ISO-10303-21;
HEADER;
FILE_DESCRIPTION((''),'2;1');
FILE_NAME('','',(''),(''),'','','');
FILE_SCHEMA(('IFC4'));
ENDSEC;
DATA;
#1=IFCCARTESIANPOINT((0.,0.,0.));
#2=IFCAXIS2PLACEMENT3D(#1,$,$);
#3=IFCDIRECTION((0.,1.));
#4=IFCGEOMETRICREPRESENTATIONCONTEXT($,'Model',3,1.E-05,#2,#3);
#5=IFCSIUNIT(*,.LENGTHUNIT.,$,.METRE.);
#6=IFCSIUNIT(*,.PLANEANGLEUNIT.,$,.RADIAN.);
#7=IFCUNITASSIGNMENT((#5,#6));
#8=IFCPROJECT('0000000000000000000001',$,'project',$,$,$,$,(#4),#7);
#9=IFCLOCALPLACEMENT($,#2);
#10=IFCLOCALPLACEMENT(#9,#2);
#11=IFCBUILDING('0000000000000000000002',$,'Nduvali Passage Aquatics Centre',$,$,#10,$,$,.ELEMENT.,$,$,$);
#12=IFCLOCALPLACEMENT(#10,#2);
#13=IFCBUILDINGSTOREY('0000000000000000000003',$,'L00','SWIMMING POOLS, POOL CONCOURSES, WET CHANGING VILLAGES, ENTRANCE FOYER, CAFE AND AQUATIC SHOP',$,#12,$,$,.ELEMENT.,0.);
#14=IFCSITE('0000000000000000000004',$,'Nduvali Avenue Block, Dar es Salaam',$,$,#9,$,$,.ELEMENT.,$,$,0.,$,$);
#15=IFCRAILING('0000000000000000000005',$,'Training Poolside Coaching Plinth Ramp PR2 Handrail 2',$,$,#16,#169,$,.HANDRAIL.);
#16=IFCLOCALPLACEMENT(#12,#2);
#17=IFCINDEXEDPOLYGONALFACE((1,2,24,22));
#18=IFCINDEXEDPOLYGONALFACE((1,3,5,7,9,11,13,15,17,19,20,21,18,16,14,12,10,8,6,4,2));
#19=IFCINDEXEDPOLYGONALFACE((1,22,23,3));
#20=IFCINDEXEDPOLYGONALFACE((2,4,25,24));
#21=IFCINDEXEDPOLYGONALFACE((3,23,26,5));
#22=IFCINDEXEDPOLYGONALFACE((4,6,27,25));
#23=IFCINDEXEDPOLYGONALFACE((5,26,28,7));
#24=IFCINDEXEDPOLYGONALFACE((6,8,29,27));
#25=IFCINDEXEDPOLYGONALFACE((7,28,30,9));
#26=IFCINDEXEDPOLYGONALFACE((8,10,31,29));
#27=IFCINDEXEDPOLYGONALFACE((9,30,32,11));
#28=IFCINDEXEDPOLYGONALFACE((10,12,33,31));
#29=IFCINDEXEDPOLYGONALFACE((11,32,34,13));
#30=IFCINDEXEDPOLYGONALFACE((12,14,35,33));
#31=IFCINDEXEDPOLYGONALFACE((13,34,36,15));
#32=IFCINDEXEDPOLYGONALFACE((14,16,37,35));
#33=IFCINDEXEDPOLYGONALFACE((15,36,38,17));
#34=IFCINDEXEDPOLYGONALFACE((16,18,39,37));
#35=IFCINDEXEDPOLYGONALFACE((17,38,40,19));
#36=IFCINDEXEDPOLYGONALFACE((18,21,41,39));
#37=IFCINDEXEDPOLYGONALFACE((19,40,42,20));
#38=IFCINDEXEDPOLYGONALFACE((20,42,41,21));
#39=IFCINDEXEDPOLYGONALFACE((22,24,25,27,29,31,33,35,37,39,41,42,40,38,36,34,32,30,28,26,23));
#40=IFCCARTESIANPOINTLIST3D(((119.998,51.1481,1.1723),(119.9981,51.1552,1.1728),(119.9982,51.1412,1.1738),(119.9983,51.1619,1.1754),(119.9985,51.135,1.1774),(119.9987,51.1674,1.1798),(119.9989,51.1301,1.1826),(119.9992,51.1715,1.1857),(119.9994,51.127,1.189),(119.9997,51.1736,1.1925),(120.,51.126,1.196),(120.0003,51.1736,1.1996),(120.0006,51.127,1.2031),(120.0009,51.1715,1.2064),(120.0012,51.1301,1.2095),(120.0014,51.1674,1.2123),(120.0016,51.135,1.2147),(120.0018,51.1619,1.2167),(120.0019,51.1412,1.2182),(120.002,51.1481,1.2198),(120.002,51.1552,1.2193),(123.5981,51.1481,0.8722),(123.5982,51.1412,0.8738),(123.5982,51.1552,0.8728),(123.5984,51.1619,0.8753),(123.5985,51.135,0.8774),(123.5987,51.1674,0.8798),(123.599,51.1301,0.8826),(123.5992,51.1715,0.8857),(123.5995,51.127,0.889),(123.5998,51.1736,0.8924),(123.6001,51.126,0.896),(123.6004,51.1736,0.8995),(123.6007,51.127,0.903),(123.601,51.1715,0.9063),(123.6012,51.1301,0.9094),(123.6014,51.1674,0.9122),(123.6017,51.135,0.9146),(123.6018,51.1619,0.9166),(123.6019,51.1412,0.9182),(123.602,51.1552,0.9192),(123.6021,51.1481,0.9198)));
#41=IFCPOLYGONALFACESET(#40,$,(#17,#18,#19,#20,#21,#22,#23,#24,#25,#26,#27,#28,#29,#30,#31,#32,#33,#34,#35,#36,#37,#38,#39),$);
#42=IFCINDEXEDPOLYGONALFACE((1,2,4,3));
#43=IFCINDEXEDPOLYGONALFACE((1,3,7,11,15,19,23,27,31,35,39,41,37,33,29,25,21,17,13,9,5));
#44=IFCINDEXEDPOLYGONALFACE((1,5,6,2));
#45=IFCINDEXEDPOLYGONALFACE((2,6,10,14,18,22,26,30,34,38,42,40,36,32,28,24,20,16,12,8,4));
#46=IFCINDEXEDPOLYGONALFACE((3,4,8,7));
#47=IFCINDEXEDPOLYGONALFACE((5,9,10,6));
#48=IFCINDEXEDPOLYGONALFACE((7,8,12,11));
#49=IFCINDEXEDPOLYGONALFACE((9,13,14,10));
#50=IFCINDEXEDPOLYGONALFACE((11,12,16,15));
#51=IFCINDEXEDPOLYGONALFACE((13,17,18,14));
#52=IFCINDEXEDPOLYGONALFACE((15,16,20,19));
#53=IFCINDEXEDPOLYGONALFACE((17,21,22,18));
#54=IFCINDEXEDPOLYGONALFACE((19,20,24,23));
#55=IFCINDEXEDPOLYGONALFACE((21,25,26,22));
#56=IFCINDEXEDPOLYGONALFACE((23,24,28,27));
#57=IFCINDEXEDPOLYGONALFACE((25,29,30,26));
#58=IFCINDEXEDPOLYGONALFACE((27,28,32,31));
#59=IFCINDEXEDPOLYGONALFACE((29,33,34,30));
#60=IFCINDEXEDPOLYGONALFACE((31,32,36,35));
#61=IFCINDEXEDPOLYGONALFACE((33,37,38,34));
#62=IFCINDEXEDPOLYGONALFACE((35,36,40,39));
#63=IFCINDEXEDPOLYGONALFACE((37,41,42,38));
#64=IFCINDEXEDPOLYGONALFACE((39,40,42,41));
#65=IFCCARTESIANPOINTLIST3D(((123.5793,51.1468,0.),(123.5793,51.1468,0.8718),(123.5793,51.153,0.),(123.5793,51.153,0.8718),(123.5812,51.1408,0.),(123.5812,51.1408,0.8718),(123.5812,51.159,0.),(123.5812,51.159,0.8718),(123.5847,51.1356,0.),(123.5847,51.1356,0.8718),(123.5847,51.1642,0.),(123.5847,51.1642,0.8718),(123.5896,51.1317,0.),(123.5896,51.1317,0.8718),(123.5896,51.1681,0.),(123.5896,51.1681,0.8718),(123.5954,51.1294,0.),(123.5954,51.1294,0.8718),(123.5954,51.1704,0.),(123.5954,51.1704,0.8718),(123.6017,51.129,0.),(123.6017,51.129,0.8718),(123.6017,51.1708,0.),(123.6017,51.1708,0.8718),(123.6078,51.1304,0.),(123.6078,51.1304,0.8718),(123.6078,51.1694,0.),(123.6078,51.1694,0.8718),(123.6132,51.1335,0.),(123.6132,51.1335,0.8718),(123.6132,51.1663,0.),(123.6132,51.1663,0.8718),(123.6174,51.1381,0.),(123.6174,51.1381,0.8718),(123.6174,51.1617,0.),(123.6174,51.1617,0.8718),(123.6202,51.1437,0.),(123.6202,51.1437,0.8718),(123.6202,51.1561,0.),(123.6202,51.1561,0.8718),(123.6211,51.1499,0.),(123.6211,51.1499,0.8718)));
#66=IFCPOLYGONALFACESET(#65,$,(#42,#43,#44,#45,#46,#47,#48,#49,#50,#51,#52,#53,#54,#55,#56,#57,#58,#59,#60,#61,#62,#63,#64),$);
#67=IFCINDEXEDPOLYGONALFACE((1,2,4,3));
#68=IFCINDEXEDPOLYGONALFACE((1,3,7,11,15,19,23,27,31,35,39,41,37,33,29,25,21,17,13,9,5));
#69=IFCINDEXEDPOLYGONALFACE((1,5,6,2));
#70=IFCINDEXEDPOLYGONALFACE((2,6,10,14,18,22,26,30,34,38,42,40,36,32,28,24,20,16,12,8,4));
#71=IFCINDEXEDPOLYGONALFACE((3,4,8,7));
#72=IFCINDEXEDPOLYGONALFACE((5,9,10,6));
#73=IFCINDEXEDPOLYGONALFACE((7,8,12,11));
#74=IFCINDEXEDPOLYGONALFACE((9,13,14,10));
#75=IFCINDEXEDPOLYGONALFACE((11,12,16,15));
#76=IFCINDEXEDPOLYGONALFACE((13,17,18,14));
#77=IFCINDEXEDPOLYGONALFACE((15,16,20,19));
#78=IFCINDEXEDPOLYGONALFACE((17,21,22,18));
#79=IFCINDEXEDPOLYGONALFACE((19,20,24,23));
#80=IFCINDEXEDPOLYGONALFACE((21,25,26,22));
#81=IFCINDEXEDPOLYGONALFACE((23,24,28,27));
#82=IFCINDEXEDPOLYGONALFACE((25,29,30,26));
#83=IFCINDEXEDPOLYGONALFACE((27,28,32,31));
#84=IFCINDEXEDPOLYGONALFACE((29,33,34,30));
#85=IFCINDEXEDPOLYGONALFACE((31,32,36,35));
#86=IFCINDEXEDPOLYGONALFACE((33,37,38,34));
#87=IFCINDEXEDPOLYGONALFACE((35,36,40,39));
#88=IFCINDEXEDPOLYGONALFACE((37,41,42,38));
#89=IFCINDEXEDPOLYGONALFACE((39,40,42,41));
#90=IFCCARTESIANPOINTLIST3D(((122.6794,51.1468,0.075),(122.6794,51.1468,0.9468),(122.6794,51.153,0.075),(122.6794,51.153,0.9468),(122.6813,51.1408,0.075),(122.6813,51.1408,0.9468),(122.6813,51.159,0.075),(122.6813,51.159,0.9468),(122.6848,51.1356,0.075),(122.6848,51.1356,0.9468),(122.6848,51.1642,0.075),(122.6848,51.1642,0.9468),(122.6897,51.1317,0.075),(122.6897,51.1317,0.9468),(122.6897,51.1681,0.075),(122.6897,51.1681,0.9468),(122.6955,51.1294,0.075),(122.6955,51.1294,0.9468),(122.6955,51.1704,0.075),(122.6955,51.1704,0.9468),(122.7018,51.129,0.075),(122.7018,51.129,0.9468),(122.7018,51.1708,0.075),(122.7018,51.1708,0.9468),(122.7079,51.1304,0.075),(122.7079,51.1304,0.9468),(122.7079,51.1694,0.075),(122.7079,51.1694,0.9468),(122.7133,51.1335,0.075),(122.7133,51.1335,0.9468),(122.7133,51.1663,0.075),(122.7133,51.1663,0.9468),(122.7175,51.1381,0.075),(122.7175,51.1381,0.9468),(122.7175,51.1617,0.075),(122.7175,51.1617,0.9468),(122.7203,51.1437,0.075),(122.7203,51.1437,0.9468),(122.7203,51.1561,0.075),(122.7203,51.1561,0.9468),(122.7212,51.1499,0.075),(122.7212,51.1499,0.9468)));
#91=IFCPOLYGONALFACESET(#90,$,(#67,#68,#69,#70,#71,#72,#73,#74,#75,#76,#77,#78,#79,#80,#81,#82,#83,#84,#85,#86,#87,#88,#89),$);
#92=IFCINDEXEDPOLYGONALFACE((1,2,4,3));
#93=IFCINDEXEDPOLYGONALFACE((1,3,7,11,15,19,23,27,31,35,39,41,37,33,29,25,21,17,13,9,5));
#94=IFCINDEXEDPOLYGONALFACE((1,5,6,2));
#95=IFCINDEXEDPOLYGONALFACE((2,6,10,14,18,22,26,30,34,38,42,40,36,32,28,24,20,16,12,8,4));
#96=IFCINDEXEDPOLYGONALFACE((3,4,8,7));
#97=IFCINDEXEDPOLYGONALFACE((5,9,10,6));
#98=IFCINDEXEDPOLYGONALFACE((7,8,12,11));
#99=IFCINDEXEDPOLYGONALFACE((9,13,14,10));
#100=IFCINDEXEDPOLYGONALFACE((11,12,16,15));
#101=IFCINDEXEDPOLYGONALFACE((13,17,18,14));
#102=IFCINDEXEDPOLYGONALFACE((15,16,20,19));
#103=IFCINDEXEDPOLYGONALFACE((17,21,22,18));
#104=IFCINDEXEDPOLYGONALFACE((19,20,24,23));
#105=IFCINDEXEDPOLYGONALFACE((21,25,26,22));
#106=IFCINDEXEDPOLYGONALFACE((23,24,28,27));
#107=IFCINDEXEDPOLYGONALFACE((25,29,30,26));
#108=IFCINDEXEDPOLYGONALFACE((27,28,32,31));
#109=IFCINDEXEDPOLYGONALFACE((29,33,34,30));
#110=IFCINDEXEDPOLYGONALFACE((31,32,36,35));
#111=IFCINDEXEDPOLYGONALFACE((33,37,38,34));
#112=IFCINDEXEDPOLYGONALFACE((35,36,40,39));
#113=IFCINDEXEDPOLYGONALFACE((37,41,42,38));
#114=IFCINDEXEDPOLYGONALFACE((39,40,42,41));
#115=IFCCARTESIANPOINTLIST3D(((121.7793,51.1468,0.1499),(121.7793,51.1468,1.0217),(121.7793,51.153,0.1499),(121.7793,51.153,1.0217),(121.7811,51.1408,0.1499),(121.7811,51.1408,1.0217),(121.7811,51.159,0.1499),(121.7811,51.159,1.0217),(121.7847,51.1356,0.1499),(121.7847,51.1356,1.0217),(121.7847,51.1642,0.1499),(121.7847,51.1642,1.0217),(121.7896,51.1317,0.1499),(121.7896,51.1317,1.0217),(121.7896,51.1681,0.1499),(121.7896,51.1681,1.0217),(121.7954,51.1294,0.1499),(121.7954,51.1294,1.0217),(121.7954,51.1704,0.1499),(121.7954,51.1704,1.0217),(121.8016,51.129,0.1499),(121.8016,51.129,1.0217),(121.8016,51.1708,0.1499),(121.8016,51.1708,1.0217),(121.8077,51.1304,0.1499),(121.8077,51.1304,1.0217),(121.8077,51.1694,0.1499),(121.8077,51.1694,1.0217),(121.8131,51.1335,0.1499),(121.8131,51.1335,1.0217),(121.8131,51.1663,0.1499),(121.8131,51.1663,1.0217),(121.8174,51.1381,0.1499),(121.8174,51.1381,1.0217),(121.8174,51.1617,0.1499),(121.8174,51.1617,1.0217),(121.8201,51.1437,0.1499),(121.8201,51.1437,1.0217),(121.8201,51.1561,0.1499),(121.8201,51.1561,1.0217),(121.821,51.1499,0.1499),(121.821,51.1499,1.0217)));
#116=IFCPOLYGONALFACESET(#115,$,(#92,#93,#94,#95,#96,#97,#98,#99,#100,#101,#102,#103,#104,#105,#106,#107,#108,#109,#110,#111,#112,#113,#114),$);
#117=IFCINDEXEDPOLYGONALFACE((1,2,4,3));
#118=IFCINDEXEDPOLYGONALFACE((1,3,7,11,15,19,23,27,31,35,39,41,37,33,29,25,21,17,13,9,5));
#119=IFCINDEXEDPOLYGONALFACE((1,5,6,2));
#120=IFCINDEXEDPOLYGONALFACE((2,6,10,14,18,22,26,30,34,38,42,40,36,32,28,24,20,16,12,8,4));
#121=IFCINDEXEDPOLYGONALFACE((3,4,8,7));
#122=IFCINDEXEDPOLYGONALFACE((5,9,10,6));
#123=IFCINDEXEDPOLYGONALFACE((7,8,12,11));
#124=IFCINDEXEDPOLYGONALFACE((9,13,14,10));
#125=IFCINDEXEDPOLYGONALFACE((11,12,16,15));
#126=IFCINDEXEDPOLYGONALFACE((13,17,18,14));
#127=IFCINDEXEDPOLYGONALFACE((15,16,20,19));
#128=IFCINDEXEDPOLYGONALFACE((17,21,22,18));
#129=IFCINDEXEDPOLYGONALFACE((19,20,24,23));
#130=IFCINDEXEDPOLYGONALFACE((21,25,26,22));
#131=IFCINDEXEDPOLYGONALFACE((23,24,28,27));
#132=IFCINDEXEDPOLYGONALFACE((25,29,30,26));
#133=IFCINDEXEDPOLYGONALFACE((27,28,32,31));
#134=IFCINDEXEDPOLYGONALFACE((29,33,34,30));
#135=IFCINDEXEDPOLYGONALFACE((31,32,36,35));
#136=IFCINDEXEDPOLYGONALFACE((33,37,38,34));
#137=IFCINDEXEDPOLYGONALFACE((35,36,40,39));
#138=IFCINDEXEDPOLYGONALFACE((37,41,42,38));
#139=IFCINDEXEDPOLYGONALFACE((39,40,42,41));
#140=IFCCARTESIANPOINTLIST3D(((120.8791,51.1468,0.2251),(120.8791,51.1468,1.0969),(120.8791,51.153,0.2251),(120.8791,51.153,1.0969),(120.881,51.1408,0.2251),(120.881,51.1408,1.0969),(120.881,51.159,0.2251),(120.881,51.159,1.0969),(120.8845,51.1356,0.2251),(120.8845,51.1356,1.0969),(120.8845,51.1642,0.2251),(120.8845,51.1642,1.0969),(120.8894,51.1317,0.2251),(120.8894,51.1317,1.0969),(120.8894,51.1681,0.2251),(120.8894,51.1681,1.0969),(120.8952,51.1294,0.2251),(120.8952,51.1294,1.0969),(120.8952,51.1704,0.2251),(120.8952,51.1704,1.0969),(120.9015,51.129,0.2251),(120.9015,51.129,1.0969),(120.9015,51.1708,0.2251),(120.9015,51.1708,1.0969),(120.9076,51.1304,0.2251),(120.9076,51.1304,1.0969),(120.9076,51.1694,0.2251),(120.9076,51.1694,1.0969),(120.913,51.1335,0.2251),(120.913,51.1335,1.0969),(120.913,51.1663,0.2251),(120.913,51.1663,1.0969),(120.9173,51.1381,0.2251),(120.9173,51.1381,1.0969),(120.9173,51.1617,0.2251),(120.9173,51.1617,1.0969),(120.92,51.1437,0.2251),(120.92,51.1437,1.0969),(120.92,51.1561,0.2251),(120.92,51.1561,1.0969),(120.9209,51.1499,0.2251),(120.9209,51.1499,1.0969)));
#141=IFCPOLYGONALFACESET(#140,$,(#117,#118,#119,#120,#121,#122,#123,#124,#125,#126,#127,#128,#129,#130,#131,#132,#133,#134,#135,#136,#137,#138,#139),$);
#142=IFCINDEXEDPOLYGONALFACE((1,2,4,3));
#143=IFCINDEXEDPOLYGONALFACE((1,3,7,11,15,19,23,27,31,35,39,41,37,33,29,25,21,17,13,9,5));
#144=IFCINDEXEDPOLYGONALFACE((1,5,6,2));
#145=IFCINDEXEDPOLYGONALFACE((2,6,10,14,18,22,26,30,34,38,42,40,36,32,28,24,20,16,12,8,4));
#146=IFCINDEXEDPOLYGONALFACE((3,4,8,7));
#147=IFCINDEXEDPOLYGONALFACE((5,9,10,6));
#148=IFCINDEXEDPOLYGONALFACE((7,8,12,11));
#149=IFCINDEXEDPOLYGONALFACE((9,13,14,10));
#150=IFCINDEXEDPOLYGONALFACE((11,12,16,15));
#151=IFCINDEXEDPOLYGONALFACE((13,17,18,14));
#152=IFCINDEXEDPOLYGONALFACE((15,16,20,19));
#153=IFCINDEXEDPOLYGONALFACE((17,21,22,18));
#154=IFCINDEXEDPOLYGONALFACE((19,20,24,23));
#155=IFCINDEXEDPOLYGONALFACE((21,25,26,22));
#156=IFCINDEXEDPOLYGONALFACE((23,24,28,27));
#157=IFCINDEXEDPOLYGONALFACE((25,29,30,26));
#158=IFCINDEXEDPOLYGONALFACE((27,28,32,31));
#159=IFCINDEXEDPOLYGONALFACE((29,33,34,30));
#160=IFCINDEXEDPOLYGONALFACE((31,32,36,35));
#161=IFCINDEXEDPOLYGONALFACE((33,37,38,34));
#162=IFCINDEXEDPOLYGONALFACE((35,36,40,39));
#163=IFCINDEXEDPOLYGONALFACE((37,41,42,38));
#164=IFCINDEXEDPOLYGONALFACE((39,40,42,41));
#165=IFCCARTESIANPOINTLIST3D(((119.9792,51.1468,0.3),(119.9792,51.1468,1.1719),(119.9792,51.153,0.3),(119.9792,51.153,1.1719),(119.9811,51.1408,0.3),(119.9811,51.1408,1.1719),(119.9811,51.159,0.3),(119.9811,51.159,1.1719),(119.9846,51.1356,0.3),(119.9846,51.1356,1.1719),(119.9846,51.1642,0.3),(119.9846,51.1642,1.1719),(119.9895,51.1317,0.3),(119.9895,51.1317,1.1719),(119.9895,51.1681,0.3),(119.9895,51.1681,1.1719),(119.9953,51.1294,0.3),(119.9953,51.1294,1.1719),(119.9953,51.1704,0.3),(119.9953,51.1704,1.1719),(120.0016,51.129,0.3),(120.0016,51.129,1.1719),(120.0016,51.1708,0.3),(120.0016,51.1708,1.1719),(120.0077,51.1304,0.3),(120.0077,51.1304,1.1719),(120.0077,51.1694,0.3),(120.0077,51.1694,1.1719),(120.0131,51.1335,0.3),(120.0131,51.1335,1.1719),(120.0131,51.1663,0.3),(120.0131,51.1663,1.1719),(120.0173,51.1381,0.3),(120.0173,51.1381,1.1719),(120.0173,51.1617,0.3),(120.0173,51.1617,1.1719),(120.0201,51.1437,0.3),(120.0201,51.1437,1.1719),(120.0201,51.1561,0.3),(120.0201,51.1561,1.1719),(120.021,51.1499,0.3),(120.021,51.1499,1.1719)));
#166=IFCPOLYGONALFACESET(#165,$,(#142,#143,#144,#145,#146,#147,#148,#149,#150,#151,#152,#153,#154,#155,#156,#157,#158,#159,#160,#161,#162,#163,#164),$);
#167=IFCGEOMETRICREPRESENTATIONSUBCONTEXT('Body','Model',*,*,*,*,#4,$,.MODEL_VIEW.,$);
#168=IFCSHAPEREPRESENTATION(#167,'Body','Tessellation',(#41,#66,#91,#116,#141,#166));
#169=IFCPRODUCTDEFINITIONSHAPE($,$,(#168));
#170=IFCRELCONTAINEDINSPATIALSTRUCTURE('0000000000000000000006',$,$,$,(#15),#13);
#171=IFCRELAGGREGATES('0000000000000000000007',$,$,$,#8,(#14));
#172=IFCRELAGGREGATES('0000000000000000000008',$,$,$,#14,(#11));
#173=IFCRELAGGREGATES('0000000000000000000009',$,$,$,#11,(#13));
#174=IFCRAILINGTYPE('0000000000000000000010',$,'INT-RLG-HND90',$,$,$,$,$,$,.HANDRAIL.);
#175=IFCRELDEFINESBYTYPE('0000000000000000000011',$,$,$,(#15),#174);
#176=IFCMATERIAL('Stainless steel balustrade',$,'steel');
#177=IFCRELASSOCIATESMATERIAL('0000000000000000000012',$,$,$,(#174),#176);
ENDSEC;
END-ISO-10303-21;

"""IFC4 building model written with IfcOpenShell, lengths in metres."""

from ifc_helpers import new_model, si_unit, direction, frame, origin, origin_2d, place, context, subcontext, project, spatial, circle, extrude, material, type_object, element, save


model = new_model("IFC4")

# Units and contexts
model_context = context("Model", 3, precision=1e-05, world=origin(), true_north=direction((0.0, 1.0)))
body_context = subcontext(model_context, "Body", "Model", "MODEL_VIEW")
ifc_project = project(units=[si_unit("LENGTHUNIT", "METRE"), si_unit("PLANEANGLEUNIT", "RADIAN")], contexts=[model_context])

# Site, building, storey
site_placement = place(None, origin())
site = spatial("IfcSite", under=ifc_project, at=site_placement, Name="Nduvali Avenue Block, Dar es Salaam", CompositionType="ELEMENT", RefElevation=0.0)
building_placement = place(site_placement, origin())
building = spatial("IfcBuilding", under=site, at=building_placement, Name="Nduvali Passage Aquatics Centre", CompositionType="ELEMENT")
storey_placement = place(building_placement, origin())
storey = spatial("IfcBuildingStorey", under=building, at=storey_placement, Name="L00", Description="SWIMMING POOLS, POOL CONCOURSES, WET CHANGING VILLAGES, ENTRANCE FOYER, CAFE AND AQUATIC SHOP", CompositionType="ELEMENT", Elevation=0.0)

# Railing
ifc_material_1 = material(Name="Stainless steel balustrade", Category="steel")
railing_type = type_object("IfcRailingType", Name="INT-RLG-HND90", PredefinedType="HANDRAIL", material=ifc_material_1)
for number, where, name in (
    (1, (123.6001, 51.1499, 0.0), "Training Poolside Coaching Plinth Ramp PR2 Handrail 2"),
):
    element("IfcRailing", number, at=place(storey_placement, frame(where)), inside=storey, type_object=railing_type, Name=name, PredefinedType="HANDRAIL", context=body_context, shape_type="SweptSolid", body=[
        extrude(circle(Radius=0.0239, at=origin_2d()), frame((0.0, 0.0, 0.896), z_axis=(-0.996545, 0.0, 0.083057), x_axis=(0.0, -1.0, 0.0)), (0.0, 0.0, 1.0), 3.6125),
        extrude(circle(Radius=0.021, at=origin_2d()), origin(), (0.0, 0.0, 1.0), 0.8718),
        extrude(circle(Radius=0.021, at=origin_2d()), frame((-0.8999, 0.0, 0.075)), (0.0, 0.0, 1.0), 0.8718),
        extrude(circle(Radius=0.021, at=origin_2d()), frame((-1.8, 0.0, 0.1499)), (0.0, 0.0, 1.0), 0.8718),
        extrude(circle(Radius=0.021, at=origin_2d()), frame((-2.7002, 0.0, 0.2251)), (0.0, 0.0, 1.0), 0.8718),
        extrude(circle(Radius=0.021, at=origin_2d()), frame((-3.6001, 0.0, 0.3)), (0.0, 0.0, 1.0), 0.8718),
    ])

save(model, "model.ifc")
